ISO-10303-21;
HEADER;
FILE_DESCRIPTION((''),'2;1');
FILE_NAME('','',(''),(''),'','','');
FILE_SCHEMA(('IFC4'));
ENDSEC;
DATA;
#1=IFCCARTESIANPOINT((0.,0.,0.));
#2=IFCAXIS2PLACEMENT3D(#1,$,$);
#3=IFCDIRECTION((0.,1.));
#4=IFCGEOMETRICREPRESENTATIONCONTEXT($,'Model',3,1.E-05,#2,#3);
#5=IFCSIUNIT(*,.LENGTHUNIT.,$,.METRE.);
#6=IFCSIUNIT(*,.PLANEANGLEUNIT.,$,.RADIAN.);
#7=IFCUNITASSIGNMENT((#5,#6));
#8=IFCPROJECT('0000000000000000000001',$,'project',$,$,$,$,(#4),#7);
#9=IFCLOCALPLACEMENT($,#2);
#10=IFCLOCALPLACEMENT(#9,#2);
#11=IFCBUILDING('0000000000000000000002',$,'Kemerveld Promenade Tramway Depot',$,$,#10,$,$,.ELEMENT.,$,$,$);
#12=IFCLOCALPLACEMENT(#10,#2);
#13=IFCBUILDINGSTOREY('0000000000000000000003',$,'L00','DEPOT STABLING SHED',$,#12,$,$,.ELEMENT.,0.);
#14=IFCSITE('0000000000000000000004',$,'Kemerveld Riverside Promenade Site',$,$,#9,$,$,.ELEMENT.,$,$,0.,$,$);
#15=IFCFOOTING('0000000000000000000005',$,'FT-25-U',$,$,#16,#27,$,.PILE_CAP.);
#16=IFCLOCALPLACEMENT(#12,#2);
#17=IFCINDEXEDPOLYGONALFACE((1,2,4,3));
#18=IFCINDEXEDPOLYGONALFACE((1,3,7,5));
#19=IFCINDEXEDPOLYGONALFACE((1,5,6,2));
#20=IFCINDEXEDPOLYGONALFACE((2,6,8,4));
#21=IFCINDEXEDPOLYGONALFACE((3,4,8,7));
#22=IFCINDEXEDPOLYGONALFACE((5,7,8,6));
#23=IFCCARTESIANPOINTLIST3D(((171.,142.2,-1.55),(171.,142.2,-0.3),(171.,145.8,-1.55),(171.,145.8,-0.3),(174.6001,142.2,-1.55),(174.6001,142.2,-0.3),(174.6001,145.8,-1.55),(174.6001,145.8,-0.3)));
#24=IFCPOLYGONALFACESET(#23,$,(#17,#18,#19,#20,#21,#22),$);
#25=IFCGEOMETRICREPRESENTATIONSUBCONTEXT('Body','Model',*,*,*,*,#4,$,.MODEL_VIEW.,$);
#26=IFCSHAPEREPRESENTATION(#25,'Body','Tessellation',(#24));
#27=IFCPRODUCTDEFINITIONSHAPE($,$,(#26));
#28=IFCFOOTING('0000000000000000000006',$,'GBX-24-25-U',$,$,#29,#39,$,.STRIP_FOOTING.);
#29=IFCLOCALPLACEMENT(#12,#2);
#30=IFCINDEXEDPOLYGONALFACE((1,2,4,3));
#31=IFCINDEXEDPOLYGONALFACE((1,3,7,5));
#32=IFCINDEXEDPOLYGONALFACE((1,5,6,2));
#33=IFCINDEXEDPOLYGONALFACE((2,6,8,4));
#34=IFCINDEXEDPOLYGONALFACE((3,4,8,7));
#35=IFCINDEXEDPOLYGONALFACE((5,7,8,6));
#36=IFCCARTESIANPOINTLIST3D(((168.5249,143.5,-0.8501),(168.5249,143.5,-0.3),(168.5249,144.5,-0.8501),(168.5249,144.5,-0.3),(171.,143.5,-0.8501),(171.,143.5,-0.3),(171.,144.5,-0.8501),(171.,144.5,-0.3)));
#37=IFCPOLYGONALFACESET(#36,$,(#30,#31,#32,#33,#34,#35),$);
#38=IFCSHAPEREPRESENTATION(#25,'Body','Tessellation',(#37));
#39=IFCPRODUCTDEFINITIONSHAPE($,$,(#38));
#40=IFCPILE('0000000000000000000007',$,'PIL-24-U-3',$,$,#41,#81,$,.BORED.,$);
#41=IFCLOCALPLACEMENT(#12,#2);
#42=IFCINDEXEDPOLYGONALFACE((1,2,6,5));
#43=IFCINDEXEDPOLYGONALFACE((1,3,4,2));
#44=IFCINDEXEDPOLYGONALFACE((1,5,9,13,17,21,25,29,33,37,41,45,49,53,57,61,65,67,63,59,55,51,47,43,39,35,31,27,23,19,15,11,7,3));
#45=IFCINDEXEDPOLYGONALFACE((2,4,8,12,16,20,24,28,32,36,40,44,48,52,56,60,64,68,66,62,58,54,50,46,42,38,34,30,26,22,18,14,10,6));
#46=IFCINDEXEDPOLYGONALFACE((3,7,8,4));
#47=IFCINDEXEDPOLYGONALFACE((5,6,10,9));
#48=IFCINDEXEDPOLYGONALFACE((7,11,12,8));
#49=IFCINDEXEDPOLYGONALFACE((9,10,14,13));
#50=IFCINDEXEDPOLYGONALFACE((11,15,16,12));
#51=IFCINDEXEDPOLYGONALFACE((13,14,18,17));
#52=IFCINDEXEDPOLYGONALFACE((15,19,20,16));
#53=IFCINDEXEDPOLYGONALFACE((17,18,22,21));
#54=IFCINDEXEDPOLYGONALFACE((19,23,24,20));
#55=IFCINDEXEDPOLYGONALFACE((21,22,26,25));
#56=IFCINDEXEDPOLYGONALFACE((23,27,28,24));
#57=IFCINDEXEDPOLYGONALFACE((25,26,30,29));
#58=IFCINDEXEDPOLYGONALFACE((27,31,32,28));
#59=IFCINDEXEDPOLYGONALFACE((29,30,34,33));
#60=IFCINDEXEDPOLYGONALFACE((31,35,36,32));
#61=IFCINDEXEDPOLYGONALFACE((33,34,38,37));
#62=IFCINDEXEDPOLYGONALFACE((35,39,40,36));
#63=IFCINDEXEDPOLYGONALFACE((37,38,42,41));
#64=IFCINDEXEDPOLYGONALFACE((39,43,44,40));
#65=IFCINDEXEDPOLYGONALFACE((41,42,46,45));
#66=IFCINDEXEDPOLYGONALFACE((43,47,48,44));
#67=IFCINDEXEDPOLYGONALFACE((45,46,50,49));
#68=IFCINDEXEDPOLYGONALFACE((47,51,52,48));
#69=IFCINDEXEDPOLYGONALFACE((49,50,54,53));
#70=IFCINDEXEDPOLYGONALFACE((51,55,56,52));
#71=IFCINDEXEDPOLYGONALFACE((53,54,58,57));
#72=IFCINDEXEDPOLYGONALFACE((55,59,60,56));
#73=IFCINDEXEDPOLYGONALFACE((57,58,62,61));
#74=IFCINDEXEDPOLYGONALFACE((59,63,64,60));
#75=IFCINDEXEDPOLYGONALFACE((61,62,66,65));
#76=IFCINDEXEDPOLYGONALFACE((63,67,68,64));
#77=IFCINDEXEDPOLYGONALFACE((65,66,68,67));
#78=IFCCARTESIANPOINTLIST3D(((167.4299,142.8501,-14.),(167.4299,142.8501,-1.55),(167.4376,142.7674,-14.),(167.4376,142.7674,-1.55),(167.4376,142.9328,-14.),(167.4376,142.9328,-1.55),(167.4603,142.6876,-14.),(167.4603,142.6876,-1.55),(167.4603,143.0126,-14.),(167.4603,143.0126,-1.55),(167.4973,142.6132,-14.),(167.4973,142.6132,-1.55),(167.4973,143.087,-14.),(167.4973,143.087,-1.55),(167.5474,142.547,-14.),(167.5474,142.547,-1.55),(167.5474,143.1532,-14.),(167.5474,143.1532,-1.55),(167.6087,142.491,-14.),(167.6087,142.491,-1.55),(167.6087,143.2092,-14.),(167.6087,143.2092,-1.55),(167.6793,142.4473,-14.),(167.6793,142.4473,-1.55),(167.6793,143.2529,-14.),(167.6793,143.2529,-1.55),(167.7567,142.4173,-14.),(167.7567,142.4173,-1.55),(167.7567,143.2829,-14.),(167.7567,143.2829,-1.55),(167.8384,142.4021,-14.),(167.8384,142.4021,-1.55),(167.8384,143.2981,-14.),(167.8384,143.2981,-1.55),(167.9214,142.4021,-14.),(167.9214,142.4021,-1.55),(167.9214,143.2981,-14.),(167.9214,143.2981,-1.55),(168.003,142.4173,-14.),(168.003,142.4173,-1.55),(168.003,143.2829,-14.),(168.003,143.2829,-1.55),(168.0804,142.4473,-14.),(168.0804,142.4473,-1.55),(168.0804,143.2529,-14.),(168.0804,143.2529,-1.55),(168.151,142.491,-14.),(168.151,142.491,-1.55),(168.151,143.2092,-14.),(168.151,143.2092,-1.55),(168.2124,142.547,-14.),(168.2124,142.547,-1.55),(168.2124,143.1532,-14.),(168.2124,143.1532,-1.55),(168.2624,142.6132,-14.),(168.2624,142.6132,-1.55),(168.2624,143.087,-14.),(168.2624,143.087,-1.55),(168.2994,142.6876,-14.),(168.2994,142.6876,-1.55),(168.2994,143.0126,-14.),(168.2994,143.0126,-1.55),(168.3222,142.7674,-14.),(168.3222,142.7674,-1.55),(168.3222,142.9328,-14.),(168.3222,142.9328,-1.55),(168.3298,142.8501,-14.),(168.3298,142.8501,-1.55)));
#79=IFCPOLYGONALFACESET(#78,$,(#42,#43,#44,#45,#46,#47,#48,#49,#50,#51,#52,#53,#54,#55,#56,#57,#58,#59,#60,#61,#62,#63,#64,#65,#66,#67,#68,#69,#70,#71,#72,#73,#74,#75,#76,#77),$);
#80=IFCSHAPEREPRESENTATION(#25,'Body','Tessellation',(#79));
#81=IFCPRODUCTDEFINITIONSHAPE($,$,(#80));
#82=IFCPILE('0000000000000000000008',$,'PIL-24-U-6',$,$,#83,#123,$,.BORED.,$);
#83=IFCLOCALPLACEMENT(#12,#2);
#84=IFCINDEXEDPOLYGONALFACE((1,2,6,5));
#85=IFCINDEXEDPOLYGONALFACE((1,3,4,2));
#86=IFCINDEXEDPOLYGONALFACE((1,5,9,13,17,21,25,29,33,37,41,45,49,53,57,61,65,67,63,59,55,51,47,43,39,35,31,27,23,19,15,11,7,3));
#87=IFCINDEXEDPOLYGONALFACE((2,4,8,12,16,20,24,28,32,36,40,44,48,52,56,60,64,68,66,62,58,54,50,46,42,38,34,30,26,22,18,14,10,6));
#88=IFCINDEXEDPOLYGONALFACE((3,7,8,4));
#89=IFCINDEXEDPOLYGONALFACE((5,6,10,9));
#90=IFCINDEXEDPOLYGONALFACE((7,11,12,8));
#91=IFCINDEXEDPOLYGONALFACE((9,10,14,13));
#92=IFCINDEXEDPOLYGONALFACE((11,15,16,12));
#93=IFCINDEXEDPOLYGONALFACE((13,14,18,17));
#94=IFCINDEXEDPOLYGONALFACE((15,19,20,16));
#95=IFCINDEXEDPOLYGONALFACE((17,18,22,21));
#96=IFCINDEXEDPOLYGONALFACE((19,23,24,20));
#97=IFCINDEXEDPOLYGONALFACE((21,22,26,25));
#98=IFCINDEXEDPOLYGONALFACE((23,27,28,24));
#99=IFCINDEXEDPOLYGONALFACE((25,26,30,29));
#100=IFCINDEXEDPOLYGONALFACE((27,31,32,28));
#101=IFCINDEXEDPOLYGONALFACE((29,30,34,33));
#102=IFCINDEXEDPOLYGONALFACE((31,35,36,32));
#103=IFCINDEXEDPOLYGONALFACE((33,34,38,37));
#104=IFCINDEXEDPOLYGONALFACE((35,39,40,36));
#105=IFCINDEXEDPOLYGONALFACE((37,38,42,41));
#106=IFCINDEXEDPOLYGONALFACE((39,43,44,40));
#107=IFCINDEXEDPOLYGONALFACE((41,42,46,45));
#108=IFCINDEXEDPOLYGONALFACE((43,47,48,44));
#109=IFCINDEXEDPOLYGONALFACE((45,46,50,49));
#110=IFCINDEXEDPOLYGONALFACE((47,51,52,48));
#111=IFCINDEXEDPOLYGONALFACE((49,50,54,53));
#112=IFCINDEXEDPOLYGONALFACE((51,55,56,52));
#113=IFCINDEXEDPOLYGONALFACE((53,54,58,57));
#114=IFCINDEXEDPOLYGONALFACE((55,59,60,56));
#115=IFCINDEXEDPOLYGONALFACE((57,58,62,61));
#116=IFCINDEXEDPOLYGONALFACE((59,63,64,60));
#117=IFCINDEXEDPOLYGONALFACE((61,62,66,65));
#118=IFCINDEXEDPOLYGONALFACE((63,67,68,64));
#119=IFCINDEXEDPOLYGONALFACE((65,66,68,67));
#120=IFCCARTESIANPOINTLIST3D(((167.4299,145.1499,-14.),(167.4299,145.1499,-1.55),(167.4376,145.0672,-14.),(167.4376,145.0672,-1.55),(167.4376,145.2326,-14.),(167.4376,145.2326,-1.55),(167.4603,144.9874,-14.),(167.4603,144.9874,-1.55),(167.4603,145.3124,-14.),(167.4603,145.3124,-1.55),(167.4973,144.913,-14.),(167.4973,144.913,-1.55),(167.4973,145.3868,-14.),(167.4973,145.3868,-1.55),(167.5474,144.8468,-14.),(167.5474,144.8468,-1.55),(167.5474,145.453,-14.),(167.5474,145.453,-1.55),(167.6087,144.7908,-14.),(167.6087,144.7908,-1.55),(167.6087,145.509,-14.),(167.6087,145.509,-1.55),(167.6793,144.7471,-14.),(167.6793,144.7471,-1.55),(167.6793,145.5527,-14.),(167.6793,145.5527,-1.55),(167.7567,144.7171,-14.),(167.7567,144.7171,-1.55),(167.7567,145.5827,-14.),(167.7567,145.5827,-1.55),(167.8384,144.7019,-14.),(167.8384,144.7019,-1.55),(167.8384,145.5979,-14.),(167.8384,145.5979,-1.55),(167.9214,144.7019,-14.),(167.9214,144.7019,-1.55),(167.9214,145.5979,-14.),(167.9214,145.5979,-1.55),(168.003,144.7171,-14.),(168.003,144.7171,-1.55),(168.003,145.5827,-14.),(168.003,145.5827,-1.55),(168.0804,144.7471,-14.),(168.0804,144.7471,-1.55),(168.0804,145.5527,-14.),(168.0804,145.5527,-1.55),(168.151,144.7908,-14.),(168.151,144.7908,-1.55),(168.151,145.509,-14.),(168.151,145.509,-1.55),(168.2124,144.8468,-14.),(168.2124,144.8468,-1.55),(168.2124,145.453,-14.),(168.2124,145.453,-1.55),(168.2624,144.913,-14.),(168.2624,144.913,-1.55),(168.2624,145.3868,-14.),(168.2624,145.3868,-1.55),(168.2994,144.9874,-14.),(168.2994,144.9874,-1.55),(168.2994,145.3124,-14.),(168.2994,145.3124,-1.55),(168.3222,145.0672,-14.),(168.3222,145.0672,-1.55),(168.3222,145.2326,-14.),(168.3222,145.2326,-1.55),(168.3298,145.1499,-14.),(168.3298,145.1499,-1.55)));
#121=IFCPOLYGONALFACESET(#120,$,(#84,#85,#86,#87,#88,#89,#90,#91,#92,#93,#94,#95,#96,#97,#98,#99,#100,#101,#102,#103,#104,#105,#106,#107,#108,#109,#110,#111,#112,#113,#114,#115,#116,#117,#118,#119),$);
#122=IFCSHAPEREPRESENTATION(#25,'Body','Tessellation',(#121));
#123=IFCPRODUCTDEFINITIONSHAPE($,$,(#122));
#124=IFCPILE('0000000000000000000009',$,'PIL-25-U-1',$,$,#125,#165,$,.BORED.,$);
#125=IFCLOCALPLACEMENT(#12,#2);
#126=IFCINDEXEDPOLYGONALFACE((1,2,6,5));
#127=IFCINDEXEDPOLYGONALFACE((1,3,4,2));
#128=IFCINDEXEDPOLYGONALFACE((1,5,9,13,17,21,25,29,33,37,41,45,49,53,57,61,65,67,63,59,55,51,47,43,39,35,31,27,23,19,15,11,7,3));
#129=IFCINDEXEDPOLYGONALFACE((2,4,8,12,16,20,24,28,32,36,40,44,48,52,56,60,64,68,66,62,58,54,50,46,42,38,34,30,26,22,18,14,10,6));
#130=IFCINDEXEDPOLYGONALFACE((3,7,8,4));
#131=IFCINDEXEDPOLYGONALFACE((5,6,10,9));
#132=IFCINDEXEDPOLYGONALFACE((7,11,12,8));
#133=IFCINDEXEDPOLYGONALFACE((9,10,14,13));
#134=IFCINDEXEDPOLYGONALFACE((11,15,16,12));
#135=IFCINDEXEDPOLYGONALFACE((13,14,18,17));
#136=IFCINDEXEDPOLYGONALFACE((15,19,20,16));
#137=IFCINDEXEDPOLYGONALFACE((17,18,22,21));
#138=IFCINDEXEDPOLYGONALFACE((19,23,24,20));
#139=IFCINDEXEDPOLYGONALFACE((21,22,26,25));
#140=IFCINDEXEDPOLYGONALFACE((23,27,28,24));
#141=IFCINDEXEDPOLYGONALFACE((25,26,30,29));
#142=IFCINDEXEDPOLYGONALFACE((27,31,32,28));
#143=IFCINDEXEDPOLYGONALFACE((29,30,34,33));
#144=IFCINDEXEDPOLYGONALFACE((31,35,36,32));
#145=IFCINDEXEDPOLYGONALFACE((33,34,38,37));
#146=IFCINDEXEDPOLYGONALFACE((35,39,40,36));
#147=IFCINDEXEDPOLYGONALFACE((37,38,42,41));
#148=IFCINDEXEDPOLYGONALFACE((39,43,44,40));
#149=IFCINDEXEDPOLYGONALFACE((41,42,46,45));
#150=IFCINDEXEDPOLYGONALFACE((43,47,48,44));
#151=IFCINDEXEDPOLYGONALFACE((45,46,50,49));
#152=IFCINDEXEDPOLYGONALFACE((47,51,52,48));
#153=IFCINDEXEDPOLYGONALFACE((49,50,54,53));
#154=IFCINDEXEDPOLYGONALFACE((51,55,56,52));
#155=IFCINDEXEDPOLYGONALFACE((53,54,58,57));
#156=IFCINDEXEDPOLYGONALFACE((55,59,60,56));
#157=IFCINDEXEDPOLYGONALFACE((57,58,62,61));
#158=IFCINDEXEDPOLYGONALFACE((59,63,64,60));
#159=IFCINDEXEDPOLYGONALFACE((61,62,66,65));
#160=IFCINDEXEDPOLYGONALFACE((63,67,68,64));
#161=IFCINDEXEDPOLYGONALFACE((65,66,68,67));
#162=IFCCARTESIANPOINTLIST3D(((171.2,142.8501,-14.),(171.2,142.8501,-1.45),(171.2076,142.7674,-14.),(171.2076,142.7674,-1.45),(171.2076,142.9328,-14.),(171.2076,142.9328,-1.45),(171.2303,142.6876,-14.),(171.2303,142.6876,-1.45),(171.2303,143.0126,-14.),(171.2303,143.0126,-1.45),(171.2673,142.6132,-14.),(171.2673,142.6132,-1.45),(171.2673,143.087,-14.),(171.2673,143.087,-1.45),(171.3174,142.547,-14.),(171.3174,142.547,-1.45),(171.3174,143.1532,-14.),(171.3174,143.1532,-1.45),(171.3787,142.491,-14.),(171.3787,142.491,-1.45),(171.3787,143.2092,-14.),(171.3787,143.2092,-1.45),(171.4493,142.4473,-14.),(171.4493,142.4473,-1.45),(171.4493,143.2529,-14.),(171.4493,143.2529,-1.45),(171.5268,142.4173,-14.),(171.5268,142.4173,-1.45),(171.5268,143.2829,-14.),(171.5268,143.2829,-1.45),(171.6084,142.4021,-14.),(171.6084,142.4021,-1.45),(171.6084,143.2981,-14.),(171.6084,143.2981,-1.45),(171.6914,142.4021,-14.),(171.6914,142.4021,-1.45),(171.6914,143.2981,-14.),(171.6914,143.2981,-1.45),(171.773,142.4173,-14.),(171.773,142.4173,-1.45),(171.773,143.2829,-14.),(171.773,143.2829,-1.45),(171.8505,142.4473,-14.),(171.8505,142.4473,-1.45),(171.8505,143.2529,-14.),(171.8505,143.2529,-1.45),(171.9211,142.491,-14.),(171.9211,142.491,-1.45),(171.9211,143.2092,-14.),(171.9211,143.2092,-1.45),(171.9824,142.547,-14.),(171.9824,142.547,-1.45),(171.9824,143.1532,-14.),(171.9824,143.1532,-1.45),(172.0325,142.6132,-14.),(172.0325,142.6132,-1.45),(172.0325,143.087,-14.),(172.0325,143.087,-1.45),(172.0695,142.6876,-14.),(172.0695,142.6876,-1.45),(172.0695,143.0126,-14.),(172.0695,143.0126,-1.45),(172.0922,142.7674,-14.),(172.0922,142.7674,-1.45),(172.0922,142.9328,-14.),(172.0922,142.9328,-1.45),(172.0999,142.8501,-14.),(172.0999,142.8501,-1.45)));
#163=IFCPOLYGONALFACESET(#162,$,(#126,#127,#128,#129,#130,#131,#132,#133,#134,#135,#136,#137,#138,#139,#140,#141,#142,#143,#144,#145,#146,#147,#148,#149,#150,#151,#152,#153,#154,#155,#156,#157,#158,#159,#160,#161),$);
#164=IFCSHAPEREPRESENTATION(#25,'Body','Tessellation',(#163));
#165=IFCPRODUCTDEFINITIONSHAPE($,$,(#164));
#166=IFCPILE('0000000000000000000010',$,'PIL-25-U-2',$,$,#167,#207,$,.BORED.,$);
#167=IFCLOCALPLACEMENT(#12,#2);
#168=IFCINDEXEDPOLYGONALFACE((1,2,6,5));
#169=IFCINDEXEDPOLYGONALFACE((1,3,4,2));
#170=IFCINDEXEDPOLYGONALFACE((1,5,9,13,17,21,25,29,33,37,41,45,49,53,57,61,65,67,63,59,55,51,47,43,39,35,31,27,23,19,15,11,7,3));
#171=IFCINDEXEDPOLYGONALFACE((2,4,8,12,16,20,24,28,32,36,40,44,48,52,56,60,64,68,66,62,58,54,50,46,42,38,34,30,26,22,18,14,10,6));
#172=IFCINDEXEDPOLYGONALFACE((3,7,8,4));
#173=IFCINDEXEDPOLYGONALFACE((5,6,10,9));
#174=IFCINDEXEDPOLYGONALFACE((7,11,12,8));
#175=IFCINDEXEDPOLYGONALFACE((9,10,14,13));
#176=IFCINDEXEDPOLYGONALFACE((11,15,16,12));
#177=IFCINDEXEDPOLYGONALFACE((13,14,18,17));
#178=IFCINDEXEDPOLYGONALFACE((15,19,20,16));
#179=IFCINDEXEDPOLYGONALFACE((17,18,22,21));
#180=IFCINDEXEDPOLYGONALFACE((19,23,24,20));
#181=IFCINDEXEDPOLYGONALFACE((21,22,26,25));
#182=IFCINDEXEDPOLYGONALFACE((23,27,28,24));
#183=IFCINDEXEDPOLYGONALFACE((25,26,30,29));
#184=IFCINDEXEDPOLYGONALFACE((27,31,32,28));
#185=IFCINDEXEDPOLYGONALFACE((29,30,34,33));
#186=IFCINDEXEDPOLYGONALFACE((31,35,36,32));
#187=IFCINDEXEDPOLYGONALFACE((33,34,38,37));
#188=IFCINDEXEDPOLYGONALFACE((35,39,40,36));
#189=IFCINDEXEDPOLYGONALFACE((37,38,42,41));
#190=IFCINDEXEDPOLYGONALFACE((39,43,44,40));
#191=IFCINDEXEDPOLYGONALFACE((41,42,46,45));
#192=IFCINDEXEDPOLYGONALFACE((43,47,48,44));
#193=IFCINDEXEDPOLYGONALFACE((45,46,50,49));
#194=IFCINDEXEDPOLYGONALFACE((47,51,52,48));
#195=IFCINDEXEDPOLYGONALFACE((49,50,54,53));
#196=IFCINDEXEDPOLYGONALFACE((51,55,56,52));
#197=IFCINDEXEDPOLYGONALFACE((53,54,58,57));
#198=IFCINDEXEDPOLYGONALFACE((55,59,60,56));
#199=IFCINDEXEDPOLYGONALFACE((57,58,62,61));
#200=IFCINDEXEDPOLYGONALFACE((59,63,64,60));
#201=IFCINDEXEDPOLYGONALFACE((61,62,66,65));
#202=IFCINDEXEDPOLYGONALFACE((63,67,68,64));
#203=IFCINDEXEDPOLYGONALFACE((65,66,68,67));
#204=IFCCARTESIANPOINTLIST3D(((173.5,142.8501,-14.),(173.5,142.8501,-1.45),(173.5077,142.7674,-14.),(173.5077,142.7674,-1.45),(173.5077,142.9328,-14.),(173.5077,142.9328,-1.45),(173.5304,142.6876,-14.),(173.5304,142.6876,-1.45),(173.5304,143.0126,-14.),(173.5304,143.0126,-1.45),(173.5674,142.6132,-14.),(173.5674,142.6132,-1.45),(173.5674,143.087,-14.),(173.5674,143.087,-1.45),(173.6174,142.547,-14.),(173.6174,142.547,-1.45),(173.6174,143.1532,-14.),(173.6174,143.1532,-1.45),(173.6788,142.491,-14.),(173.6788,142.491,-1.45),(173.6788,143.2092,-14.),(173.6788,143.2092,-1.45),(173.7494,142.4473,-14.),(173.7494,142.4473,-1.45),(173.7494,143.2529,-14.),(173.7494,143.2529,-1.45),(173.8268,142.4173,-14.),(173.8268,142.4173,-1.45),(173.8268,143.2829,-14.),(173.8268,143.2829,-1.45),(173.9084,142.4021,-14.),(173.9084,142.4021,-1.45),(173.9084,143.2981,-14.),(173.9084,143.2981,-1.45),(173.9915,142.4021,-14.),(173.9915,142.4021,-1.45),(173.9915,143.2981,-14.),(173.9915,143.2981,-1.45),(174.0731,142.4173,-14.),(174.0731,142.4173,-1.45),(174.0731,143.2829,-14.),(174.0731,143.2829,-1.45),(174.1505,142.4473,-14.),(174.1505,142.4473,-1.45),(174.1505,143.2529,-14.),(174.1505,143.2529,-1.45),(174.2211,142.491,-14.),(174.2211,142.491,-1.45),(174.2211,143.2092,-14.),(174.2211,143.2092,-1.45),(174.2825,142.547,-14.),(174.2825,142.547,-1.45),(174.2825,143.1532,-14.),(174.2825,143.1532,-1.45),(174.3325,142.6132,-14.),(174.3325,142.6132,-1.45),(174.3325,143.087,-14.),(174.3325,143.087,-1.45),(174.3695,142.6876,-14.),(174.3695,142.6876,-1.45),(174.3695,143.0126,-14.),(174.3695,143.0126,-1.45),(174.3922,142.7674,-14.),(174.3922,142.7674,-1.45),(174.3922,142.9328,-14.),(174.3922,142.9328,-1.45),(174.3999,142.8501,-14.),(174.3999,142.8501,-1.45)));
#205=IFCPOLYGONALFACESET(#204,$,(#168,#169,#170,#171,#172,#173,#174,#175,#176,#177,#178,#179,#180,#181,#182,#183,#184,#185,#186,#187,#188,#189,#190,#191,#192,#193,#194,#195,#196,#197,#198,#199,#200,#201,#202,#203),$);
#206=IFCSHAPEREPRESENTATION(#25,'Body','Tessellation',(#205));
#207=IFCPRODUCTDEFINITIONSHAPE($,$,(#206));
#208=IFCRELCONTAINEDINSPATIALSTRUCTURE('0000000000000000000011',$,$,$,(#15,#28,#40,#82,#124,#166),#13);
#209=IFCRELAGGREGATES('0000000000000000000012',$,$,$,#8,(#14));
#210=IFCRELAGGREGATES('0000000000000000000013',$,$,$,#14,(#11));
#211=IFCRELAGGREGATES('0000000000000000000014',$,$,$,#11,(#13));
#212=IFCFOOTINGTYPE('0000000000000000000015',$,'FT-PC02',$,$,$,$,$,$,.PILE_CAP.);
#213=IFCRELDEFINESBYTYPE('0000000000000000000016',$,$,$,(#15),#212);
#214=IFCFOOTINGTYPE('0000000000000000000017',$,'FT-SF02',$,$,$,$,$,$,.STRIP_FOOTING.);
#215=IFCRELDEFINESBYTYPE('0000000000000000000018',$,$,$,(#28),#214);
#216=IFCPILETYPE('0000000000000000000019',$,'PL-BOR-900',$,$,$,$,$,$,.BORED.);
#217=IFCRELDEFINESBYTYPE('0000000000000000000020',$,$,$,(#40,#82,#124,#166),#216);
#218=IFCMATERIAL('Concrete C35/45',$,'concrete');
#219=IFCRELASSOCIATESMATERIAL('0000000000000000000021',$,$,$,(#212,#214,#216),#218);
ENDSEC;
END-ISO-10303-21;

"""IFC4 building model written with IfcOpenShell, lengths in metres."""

from ifc_helpers import new_model, si_unit, direction, frame, origin, origin_2d, place, context, subcontext, project, spatial, rectangle, circle, extrude, material, material_profile, profile_set, type_object, element, save


model = new_model("IFC4")

# Units and contexts
model_context = context("Model", 3, precision=1e-05, world=origin(), true_north=direction((0.0, 1.0)))
body_context = subcontext(model_context, "Body", "Model", "MODEL_VIEW")
ifc_project = project(units=[si_unit("LENGTHUNIT", "METRE"), si_unit("PLANEANGLEUNIT", "RADIAN")], contexts=[model_context])

# Site, building, storey
site_placement = place(None, origin())
site = spatial("IfcSite", under=ifc_project, at=site_placement, Name="Kemerveld Riverside Promenade Site", CompositionType="ELEMENT", RefElevation=0.0)
building_placement = place(site_placement, origin())
building = spatial("IfcBuilding", under=site, at=building_placement, Name="Kemerveld Promenade Tramway Depot", CompositionType="ELEMENT")
storey_placement = place(building_placement, origin())
storey = spatial("IfcBuildingStorey", under=building, at=storey_placement, Name="L00", Description="DEPOT STABLING SHED", CompositionType="ELEMENT", Elevation=0.0)

# Footings
ifc_material_1 = material(Name="Concrete C35/45", Category="concrete")
footing_type_1 = type_object("IfcFootingType", Name="FT-PC02", PredefinedType="PILE_CAP", material=ifc_material_1)
footing_1_placement = place(storey_placement, frame((172.8, 144.0, -1.55), z_axis=(0.0, 0.0, 1.0), x_axis=(1.0, 0.0, 0.0)))
element("IfcFooting", 1, at=footing_1_placement, inside=storey, type_object=footing_type_1, Name="FT-25-U", PredefinedType="PILE_CAP", context=body_context, shape_type="SweptSolid", body=[
    extrude(rectangle(XDim=3.6001, YDim=3.6001, at=origin_2d()), origin(), (0.0, 0.0, 1.0), 1.25),
])
footing_type_2 = type_object("IfcFootingType", Name="FT-SF02", PredefinedType="STRIP_FOOTING", material=ifc_material_1)
footing_2_placement = place(storey_placement, frame((169.7625, 144.0, -0.8501), z_axis=(0.0, 0.0, 1.0), x_axis=(1.0, 0.0, 0.0)))
element("IfcFooting", 2, at=footing_2_placement, inside=storey, type_object=footing_type_2, Name="GBX-24-25-U", PredefinedType="STRIP_FOOTING", context=body_context, shape_type="SweptSolid", body=[
    extrude(rectangle(XDim=2.4751, YDim=1.0, at=origin_2d()), origin(), (0.0, 0.0, 1.0), 0.55),
])

# Piles
ifc_material_profile_1 = material_profile(ifc_material_1, circle(Radius=0.45, at=origin_2d()), Name="PILE-D900")
ifc_profile_set_1 = profile_set([ifc_material_profile_1], Name="Concrete C35/45")
pile_type = type_object("IfcPileType", Name="PL-BOR-900", PredefinedType="BORED", material=ifc_profile_set_1)
for number, where, z_axis, x_axis, name in (
    (3, (167.8799, 142.8501, -1.55), (0.0, 0.0, -1.0), (1.0, 0.0, 0.0), "PIL-24-U-3"),
    (4, (167.8799, 145.1499, -1.55), (0.0, 0.0, -1.0), (1.0, 0.0, 0.0), "PIL-24-U-6"),
):
    element("IfcPile", number, at=place(storey_placement, frame(where, z_axis=z_axis, x_axis=x_axis)), inside=storey, type_object=pile_type, Name=name, PredefinedType="BORED", context=body_context, shape_type="SweptSolid", body=[
        extrude(circle(Radius=0.45, at=origin_2d()), origin(), (0.0, 0.0, 1.0), 12.45),
    ])
for number, where, z_axis, x_axis, name in (
    (5, (171.6499, 142.8501, -1.45), (0.0, 0.0, -1.0), (1.0, 0.0, 0.0), "PIL-25-U-1"),
    (6, (173.95, 142.8501, -1.45), (0.0, 0.0, -1.0), (1.0, 0.0, 0.0), "PIL-25-U-2"),
):
    element("IfcPile", number, at=place(storey_placement, frame(where, z_axis=z_axis, x_axis=x_axis)), inside=storey, type_object=pile_type, Name=name, PredefinedType="BORED", context=body_context, shape_type="SweptSolid", body=[
        extrude(circle(Radius=0.45, at=origin_2d()), origin(), (0.0, 0.0, 1.0), 12.55),
    ])

save(model, "model.ifc")
